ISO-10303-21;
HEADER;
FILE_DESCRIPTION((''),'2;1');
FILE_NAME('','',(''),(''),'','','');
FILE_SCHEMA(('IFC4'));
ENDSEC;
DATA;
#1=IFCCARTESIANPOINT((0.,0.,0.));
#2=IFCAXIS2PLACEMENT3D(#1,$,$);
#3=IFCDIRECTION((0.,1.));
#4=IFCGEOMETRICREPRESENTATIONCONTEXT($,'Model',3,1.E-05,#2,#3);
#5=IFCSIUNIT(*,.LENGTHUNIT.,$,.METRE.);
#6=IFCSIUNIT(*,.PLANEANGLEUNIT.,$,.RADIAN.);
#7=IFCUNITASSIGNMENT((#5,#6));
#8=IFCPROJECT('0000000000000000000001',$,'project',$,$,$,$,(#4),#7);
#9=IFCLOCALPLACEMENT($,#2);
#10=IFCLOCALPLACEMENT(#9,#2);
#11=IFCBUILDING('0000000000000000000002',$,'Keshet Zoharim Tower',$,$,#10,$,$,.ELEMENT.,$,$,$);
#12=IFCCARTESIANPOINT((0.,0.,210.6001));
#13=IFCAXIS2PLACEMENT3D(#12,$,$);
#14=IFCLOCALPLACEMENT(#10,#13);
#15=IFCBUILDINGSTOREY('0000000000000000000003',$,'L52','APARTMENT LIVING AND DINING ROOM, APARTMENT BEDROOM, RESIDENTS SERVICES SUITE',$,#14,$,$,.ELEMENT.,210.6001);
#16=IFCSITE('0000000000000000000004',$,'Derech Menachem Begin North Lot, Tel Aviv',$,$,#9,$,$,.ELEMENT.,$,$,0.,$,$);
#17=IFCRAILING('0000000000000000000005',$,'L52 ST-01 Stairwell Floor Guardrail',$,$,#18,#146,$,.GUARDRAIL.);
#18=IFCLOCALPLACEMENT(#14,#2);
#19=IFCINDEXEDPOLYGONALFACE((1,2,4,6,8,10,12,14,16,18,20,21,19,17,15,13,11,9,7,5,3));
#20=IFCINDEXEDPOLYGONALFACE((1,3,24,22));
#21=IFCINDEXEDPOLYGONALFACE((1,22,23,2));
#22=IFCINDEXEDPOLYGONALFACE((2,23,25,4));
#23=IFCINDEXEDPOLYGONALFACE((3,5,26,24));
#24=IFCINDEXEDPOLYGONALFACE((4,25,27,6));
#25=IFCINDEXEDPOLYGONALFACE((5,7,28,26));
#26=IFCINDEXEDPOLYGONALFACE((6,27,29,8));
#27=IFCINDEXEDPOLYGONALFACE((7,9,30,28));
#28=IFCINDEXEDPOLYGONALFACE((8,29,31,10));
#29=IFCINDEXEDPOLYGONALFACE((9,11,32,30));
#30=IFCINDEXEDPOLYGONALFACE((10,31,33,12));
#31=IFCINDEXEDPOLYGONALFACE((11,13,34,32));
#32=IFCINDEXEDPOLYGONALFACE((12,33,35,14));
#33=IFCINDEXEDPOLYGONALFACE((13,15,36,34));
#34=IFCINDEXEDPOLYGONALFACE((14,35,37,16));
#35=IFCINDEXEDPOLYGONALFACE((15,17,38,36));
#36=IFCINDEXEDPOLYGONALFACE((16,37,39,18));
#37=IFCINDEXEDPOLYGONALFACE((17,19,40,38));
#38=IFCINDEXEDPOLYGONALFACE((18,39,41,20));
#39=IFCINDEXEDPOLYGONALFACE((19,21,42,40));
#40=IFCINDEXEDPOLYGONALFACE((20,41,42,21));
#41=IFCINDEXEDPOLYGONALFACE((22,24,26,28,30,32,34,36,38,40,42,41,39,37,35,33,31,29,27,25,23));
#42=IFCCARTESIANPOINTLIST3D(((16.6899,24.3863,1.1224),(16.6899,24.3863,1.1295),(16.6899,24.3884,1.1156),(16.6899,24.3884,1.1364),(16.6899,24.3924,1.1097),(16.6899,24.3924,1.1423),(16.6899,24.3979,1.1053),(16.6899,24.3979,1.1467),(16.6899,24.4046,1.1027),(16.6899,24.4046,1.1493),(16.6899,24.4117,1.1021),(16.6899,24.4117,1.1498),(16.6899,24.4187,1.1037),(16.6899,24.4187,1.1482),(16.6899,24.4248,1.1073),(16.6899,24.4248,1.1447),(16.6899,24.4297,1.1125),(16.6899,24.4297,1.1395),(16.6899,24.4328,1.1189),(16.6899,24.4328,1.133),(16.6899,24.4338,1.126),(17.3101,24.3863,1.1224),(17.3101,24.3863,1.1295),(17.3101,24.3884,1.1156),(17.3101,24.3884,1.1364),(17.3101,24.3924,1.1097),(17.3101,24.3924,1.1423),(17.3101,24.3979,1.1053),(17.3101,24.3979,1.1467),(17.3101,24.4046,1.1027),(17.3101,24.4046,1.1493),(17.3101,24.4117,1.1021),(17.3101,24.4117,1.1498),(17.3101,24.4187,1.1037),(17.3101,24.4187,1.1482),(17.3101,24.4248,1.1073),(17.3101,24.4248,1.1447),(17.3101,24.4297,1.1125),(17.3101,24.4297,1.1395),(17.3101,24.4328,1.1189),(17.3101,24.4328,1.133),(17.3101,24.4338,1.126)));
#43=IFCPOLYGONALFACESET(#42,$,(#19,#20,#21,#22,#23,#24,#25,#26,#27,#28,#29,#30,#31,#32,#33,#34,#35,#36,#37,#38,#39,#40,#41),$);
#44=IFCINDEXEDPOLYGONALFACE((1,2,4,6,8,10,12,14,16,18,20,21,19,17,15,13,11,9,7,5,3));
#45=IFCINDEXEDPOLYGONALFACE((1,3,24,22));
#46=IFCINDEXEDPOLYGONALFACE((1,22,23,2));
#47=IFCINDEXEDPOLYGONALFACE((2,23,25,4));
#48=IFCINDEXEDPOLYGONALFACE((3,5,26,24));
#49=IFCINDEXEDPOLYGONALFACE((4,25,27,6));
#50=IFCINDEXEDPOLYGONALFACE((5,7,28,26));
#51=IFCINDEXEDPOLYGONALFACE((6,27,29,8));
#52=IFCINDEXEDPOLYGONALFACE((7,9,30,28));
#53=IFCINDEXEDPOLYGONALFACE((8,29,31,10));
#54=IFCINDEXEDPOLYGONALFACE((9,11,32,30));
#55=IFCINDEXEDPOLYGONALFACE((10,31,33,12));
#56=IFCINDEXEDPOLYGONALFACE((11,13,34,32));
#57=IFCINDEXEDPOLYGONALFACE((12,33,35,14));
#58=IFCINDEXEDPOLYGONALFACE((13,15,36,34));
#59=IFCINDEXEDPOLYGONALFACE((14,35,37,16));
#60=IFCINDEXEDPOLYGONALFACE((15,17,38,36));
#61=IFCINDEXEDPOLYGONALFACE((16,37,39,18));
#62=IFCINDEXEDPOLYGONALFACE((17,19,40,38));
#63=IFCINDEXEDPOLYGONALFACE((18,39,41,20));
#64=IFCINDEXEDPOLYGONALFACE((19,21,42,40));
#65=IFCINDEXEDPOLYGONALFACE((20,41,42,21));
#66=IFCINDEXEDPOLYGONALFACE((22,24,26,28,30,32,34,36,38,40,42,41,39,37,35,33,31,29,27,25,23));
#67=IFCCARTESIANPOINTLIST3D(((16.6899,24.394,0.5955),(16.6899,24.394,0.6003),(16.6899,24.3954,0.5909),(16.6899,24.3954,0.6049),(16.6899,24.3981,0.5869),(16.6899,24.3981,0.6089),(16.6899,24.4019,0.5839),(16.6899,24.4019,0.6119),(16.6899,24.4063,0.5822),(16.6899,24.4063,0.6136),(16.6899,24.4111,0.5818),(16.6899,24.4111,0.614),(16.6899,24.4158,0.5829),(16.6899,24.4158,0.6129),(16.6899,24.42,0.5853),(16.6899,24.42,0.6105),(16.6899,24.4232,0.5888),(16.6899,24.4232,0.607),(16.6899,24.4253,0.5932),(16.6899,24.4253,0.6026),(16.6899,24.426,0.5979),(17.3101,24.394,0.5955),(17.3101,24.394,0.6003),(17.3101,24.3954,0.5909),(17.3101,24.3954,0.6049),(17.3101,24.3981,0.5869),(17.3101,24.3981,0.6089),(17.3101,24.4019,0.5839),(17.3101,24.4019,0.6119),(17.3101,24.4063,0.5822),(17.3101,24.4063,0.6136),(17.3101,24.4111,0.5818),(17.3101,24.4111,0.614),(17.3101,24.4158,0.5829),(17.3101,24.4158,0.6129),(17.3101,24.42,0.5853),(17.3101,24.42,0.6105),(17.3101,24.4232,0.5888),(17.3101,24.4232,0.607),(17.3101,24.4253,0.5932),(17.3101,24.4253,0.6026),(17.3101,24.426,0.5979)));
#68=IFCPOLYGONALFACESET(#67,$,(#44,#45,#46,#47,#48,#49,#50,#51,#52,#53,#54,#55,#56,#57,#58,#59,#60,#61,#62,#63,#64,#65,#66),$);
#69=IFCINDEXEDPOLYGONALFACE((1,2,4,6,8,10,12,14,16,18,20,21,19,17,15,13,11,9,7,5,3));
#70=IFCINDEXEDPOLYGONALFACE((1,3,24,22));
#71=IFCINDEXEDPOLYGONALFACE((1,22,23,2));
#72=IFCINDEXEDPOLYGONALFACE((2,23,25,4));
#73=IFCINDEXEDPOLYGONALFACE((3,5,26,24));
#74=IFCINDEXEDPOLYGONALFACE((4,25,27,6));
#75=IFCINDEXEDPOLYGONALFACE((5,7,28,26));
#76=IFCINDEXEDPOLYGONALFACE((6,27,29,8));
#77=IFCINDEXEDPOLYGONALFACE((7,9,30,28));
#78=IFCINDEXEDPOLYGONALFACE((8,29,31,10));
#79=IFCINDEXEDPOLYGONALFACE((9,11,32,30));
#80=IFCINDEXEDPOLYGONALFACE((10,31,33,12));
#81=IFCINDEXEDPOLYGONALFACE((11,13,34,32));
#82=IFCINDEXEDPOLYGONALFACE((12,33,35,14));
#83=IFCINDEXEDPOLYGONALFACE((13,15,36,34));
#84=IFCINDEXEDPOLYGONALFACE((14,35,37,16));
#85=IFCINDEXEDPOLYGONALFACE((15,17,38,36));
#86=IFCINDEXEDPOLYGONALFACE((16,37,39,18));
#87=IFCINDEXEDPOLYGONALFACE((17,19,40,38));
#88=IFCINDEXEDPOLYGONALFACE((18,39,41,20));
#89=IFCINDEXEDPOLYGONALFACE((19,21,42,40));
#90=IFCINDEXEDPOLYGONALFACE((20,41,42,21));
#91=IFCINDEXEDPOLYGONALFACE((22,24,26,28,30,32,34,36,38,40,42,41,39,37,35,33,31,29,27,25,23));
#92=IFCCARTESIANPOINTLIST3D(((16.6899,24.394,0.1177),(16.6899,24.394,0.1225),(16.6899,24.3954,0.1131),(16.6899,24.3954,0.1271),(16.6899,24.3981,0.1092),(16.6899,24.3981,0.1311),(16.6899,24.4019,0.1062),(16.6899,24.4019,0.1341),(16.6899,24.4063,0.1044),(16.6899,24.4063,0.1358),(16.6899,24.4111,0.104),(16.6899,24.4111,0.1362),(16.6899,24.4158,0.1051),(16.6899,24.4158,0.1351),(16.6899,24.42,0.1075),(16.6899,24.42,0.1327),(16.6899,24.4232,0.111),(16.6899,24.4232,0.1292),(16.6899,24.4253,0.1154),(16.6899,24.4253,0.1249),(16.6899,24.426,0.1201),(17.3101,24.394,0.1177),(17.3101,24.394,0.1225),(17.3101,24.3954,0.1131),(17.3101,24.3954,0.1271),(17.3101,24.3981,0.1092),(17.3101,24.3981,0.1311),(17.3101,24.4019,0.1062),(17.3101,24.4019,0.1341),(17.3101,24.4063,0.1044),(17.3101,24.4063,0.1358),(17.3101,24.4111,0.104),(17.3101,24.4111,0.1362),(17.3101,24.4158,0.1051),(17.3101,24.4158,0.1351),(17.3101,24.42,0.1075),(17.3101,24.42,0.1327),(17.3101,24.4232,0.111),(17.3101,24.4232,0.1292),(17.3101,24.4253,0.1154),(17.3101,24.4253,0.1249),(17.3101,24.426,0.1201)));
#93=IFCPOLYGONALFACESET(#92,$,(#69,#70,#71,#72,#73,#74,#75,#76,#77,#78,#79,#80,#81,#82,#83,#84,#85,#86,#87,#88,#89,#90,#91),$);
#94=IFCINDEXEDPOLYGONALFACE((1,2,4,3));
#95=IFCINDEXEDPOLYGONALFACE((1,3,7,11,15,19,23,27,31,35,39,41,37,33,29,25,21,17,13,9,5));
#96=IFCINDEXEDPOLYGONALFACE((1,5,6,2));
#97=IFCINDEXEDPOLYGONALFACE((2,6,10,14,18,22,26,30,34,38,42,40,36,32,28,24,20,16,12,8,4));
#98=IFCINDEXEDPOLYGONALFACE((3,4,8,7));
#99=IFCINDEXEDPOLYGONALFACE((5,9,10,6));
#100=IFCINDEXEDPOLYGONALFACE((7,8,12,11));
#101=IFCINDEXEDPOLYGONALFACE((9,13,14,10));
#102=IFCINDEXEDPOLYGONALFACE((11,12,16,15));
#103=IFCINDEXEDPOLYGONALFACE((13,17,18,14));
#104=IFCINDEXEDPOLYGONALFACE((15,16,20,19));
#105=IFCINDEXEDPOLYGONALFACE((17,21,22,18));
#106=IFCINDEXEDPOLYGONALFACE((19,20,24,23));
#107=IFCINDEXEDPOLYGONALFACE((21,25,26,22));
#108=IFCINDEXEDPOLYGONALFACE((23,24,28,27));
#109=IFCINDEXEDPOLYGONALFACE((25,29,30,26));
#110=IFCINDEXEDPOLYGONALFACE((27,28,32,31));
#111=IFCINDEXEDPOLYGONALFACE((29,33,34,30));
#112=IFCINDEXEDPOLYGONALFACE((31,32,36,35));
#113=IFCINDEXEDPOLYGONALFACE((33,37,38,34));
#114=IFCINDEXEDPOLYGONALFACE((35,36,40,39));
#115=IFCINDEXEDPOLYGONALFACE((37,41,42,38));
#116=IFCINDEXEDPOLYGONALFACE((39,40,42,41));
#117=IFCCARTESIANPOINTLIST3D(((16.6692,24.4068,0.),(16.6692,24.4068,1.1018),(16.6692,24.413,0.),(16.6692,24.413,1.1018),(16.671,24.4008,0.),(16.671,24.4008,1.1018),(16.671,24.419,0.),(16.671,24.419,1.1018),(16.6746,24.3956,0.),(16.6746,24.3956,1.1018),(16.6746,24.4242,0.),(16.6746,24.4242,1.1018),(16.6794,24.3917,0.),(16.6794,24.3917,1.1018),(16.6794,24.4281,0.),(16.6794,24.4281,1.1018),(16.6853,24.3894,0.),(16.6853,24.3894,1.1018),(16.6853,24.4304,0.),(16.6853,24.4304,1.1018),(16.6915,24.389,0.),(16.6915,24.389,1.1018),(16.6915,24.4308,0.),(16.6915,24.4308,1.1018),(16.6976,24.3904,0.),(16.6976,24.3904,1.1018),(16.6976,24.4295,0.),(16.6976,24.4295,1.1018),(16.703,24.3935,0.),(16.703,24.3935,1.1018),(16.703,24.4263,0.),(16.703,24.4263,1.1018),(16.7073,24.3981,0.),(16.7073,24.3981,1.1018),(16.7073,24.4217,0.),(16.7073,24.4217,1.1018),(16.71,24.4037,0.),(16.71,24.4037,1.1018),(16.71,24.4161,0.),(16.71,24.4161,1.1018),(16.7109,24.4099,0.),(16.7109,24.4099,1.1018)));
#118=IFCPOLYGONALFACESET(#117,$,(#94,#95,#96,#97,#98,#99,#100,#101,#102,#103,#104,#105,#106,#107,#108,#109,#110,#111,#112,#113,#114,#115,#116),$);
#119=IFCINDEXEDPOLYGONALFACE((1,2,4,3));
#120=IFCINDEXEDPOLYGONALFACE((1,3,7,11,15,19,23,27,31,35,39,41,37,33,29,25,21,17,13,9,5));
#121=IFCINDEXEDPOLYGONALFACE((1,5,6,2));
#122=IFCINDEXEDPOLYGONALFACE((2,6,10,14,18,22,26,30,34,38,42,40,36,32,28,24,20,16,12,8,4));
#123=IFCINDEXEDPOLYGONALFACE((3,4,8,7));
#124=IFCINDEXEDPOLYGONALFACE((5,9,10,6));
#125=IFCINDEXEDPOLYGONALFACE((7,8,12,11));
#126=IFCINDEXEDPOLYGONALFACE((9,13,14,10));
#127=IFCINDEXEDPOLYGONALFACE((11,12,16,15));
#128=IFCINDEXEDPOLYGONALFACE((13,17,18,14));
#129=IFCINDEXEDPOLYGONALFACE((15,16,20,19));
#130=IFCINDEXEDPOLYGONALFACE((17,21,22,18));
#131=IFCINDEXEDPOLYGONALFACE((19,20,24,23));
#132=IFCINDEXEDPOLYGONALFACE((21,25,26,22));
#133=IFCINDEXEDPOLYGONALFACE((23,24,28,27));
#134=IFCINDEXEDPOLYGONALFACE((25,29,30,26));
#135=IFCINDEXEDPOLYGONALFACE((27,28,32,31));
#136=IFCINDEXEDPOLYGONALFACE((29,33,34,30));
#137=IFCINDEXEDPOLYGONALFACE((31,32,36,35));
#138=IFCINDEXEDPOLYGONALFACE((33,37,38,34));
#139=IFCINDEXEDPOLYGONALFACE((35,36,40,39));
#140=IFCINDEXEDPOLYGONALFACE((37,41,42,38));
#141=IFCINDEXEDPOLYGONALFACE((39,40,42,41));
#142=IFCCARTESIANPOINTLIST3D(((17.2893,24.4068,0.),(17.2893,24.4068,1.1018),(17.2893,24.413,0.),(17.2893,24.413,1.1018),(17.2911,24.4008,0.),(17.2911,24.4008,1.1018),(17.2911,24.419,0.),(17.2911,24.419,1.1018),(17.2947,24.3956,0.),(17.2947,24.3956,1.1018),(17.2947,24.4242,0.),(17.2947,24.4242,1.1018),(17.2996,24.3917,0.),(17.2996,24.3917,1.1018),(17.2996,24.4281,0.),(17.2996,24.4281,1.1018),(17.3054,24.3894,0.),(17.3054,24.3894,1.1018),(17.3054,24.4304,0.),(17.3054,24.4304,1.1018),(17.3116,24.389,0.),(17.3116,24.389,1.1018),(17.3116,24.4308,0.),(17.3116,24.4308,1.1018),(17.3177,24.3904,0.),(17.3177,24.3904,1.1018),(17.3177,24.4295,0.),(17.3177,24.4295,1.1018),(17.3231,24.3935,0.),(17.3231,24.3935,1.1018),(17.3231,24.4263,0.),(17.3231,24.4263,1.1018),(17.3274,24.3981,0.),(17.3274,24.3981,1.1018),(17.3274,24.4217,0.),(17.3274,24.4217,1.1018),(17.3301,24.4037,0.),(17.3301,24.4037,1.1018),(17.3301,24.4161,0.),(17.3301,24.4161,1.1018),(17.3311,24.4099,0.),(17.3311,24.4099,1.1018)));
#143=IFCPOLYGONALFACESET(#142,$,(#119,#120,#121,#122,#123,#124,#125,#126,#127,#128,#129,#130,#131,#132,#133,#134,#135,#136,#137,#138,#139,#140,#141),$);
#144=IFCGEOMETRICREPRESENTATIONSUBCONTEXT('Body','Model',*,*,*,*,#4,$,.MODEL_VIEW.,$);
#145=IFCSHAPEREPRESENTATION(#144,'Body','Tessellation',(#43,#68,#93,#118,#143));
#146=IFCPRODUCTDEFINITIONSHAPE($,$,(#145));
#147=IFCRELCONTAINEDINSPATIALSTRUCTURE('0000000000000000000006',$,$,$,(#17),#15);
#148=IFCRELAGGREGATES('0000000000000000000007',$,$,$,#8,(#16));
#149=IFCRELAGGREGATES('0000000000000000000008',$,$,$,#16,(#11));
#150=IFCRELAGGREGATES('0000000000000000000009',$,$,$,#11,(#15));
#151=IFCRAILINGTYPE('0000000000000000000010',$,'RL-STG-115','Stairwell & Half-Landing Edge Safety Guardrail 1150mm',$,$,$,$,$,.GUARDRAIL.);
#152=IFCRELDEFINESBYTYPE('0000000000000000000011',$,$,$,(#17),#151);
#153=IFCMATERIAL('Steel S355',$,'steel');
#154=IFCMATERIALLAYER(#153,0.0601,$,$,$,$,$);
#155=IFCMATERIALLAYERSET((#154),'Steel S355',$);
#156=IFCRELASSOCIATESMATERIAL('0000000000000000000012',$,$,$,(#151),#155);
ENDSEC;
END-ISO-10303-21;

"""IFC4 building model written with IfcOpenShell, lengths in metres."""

from ifc_helpers import new_model, si_unit, direction, frame, origin, origin_2d, place, context, subcontext, project, spatial, circle, extrude, material, layer, layer_set, type_object, element, save


model = new_model("IFC4")

# Units and contexts
model_context = context("Model", 3, precision=1e-05, world=origin(), true_north=direction((0.0, 1.0)))
body_context = subcontext(model_context, "Body", "Model", "MODEL_VIEW")
ifc_project = project(units=[si_unit("LENGTHUNIT", "METRE"), si_unit("PLANEANGLEUNIT", "RADIAN")], contexts=[model_context])

# Site, building, storey
site_placement = place(None, origin())
site = spatial("IfcSite", under=ifc_project, at=site_placement, Name="Derech Menachem Begin North Lot, Tel Aviv", CompositionType="ELEMENT", RefElevation=0.0)
building_placement = place(site_placement, origin())
building = spatial("IfcBuilding", under=site, at=building_placement, Name="Keshet Zoharim Tower", CompositionType="ELEMENT")
storey_placement = place(building_placement, frame((0.0, 0.0, 210.6001)))
storey = spatial("IfcBuildingStorey", under=building, at=storey_placement, Name="L52", Description="APARTMENT LIVING AND DINING ROOM, APARTMENT BEDROOM, RESIDENTS SERVICES SUITE", CompositionType="ELEMENT", Elevation=210.6001)

# Shared definitions
ifc_material_1 = material(Name="Steel S355", Category="steel")

# Railing
ifc_layer_1 = layer(ifc_material_1, 0.0601)
ifc_layer_set_1 = layer_set([ifc_layer_1], Name="Steel S355")
railing_type_1 = type_object("IfcRailingType", Name="RL-STG-115", Description="Stairwell & Half-Landing Edge Safety Guardrail 1150mm", PredefinedType="GUARDRAIL", material=ifc_layer_set_1)
railing_1_placement = place(storey_placement, frame((16.6899, 24.4099, 0.0)))
element("IfcRailing", 1, at=railing_1_placement, inside=storey, type_object=railing_type_1, Name="L52 ST-01 Stairwell Floor Guardrail", PredefinedType="GUARDRAIL", context=body_context, shape_type="SweptSolid", body=[
    extrude(circle(Radius=0.0239, at=origin_2d()), frame((0.0, 0.0, 1.126), z_axis=(1.0, 0.0, 0.0), x_axis=(0.0, 1.0, 0.0)), (0.0, 0.0, 1.0), 0.6201),
    extrude(circle(Radius=0.0161, at=origin_2d()), frame((0.0, 0.0, 0.5979), z_axis=(1.0, 0.0, 0.0), x_axis=(0.0, 1.0, 0.0)), (0.0, 0.0, 1.0), 0.6201),
    extrude(circle(Radius=0.0161, at=origin_2d()), frame((0.0, 0.0, 0.1201), z_axis=(1.0, 0.0, 0.0), x_axis=(0.0, 1.0, 0.0)), (0.0, 0.0, 1.0), 0.6201),
    extrude(circle(Radius=0.021, at=origin_2d()), origin(), (0.0, 0.0, 1.0), 1.1018),
    extrude(circle(Radius=0.021, at=origin_2d()), frame((0.6201, 0.0, 0.0)), (0.0, 0.0, 1.0), 1.1018),
])

save(model, "model.ifc")
